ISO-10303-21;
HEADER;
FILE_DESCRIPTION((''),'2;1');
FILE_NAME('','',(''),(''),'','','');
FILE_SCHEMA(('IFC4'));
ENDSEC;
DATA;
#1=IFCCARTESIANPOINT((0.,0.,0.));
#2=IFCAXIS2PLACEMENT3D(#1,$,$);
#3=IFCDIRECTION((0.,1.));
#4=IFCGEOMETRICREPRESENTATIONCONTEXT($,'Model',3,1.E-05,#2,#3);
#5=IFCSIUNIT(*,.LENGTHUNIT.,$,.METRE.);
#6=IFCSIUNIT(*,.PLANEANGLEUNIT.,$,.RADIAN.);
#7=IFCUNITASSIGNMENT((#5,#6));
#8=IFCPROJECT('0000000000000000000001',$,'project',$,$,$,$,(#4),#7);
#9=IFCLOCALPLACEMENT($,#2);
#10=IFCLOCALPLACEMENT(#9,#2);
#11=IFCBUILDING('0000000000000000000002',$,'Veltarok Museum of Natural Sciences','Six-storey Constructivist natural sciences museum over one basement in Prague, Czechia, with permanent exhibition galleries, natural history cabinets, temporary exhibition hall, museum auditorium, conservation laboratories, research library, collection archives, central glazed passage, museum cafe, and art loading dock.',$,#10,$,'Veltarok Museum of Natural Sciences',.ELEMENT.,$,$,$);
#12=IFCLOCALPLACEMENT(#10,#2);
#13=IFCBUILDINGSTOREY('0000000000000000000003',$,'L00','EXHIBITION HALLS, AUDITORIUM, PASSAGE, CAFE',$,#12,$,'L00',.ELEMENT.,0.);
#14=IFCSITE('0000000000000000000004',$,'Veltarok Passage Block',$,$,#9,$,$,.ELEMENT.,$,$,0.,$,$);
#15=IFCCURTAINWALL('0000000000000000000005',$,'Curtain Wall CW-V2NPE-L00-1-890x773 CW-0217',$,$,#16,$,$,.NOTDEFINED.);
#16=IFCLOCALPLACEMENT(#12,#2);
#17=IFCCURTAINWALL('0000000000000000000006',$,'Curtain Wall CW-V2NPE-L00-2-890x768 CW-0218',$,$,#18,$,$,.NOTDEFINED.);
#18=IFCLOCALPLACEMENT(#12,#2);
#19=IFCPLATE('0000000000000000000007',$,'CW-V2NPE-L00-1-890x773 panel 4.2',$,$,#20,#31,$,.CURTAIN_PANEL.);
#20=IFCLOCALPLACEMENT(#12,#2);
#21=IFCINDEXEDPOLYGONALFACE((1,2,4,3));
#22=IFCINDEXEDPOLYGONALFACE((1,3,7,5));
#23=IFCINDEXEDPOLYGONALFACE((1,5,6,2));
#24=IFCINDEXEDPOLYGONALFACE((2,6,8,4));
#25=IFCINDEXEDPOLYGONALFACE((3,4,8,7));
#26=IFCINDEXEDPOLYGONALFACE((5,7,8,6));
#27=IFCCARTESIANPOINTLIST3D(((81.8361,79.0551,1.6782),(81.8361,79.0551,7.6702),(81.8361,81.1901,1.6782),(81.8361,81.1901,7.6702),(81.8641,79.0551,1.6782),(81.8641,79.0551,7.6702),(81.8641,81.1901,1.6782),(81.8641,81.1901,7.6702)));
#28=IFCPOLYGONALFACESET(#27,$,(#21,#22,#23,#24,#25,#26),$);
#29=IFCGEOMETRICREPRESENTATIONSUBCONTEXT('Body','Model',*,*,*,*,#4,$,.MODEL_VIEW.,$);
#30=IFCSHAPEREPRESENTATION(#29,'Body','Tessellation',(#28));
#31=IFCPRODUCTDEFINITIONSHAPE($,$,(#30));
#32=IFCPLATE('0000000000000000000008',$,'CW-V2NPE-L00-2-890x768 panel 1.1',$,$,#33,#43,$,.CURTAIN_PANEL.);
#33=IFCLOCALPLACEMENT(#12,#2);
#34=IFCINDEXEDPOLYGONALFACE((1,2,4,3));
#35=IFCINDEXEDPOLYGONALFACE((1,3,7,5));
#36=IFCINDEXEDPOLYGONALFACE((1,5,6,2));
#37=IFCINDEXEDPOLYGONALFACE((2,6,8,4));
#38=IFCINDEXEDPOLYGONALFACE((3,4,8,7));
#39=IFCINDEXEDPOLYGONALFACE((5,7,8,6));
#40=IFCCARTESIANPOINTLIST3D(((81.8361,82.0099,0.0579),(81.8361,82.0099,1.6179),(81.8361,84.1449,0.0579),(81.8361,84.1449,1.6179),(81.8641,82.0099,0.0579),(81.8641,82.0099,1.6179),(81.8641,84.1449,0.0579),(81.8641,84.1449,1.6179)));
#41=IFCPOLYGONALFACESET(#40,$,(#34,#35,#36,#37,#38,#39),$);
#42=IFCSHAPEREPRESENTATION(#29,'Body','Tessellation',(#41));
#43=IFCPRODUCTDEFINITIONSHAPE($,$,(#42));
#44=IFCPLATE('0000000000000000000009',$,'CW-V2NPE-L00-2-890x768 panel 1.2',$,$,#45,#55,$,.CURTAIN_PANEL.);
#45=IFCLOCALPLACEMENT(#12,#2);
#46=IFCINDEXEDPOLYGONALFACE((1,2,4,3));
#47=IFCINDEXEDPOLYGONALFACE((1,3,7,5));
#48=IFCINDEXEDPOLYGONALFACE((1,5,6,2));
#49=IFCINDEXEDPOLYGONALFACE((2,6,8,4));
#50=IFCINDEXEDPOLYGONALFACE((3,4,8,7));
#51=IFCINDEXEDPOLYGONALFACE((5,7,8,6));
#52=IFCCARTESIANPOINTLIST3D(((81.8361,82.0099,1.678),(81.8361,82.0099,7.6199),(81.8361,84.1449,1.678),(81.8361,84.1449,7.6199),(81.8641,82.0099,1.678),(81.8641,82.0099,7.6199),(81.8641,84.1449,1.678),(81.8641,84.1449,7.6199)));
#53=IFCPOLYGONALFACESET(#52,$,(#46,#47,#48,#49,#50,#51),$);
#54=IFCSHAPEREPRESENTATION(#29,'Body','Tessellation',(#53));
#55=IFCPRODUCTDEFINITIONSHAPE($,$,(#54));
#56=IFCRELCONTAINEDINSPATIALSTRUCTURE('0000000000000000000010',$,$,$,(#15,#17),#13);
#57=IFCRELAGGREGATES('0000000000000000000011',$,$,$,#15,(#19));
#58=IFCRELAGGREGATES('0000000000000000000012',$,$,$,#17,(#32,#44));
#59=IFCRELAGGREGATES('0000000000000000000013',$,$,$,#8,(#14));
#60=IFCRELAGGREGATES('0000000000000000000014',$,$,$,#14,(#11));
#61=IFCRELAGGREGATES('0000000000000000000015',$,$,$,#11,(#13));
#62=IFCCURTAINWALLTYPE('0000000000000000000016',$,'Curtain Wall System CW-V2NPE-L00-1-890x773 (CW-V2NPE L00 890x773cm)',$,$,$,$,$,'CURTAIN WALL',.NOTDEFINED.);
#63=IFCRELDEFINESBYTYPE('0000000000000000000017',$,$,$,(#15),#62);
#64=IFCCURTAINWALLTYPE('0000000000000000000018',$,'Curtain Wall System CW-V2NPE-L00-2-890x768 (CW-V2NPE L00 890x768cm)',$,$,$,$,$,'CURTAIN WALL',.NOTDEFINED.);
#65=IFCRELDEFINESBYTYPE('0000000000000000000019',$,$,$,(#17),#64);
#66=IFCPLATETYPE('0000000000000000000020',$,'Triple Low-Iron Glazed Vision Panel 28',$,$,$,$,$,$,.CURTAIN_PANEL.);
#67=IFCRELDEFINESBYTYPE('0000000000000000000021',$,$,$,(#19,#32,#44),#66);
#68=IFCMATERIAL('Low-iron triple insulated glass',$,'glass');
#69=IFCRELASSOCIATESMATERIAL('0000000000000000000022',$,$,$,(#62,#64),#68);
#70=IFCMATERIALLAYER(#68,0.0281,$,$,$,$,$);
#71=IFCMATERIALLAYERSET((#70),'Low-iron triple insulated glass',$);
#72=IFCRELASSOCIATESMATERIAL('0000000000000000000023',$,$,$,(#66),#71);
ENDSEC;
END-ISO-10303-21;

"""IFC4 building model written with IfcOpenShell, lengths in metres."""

from ifc_helpers import new_model, si_unit, direction, frame, origin, origin_2d, place, context, subcontext, project, spatial, rectangle, extrude, material, layer, layer_set, type_object, element, aggregate, save


model = new_model("IFC4")

# Units and contexts
model_context = context("Model", 3, precision=1e-05, world=origin(), true_north=direction((0.0, 1.0)))
body_context = subcontext(model_context, "Body", "Model", "MODEL_VIEW")
ifc_project = project(units=[si_unit("LENGTHUNIT", "METRE"), si_unit("PLANEANGLEUNIT", "RADIAN")], contexts=[model_context])

# Site, building, storey
site_placement = place(None, origin())
site = spatial("IfcSite", under=ifc_project, at=site_placement, Name="Veltarok Passage Block", CompositionType="ELEMENT", RefElevation=0.0)
building_placement = place(site_placement, origin())
building = spatial("IfcBuilding", under=site, at=building_placement, Name="Veltarok Museum of Natural Sciences", Description="Six-storey Constructivist natural sciences museum over one basement in Prague, Czechia, with permanent exhibition galleries, natural history cabinets, temporary exhibition hall, museum auditorium, conservation laboratories, research library, collection archives, central glazed passage, museum cafe, and art loading dock.", LongName="Veltarok Museum of Natural Sciences", CompositionType="ELEMENT")
storey_placement = place(building_placement, origin())
storey = spatial("IfcBuildingStorey", under=building, at=storey_placement, Name="L00", Description="EXHIBITION HALLS, AUDITORIUM, PASSAGE, CAFE", LongName="L00", CompositionType="ELEMENT", Elevation=0.0)

# Curtain walls
ifc_material_1 = material(Name="Low-iron triple insulated glass", Category="glass")
curtain_wall_type_1 = type_object("IfcCurtainWallType", Name="Curtain Wall System CW-V2NPE-L00-1-890x773 (CW-V2NPE L00 890x773cm)", ElementType="CURTAIN WALL", PredefinedType="NOTDEFINED", material=ifc_material_1)
curtain_wall_1_placement = place(storey_placement, origin())
curtain_wall_1 = element("IfcCurtainWall", 1, at=curtain_wall_1_placement, inside=storey, type_object=curtain_wall_type_1, Name="Curtain Wall CW-V2NPE-L00-1-890x773 CW-0217", PredefinedType="NOTDEFINED")
curtain_wall_type_2 = type_object("IfcCurtainWallType", Name="Curtain Wall System CW-V2NPE-L00-2-890x768 (CW-V2NPE L00 890x768cm)", ElementType="CURTAIN WALL", PredefinedType="NOTDEFINED", material=ifc_material_1)
curtain_wall_2_placement = place(storey_placement, origin())
curtain_wall_2 = element("IfcCurtainWall", 2, at=curtain_wall_2_placement, inside=storey, type_object=curtain_wall_type_2, Name="Curtain Wall CW-V2NPE-L00-2-890x768 CW-0218", PredefinedType="NOTDEFINED")

# Plates
ifc_layer = layer(ifc_material_1, 0.0281)
ifc_layer_set = layer_set([ifc_layer], Name="Low-iron triple insulated glass")
plate_type = type_object("IfcPlateType", Name="Triple Low-Iron Glazed Vision Panel 28", PredefinedType="CURTAIN_PANEL", material=ifc_layer_set)
plate_1_placement = place(storey_placement, frame((81.8501, 80.1226, 1.6782), z_axis=(0.0, 0.0, 1.0), x_axis=(0.0, 1.0, 0.0)))
plate_1 = element("IfcPlate", 3, at=plate_1_placement, type_object=plate_type, Name="CW-V2NPE-L00-1-890x773 panel 4.2", PredefinedType="CURTAIN_PANEL", context=body_context, shape_type="SweptSolid", body=[
    extrude(rectangle(XDim=2.135, YDim=0.0281, at=origin_2d()), origin(), (0.0, 0.0, 1.0), 5.9919),
])
aggregate(curtain_wall_1, [plate_1])
plate_2_placement = place(storey_placement, frame((81.8501, 83.0774, 0.0579), z_axis=(0.0, 0.0, 1.0), x_axis=(0.0, 1.0, 0.0)))
plate_2 = element("IfcPlate", 4, at=plate_2_placement, type_object=plate_type, Name="CW-V2NPE-L00-2-890x768 panel 1.1", PredefinedType="CURTAIN_PANEL", context=body_context, shape_type="SweptSolid", body=[
    extrude(rectangle(XDim=2.135, YDim=0.0281, at=origin_2d()), origin(), (0.0, 0.0, 1.0), 1.5601),
])
plate_3_placement = place(storey_placement, frame((81.8501, 83.0774, 1.678), z_axis=(0.0, 0.0, 1.0), x_axis=(0.0, 1.0, 0.0)))
plate_3 = element("IfcPlate", 5, at=plate_3_placement, type_object=plate_type, Name="CW-V2NPE-L00-2-890x768 panel 1.2", PredefinedType="CURTAIN_PANEL", context=body_context, shape_type="SweptSolid", body=[
    extrude(rectangle(XDim=2.135, YDim=0.0281, at=origin_2d()), origin(), (0.0, 0.0, 1.0), 5.9419),
])
aggregate(curtain_wall_2, [plate_2, plate_3])

save(model, "model.ifc")
